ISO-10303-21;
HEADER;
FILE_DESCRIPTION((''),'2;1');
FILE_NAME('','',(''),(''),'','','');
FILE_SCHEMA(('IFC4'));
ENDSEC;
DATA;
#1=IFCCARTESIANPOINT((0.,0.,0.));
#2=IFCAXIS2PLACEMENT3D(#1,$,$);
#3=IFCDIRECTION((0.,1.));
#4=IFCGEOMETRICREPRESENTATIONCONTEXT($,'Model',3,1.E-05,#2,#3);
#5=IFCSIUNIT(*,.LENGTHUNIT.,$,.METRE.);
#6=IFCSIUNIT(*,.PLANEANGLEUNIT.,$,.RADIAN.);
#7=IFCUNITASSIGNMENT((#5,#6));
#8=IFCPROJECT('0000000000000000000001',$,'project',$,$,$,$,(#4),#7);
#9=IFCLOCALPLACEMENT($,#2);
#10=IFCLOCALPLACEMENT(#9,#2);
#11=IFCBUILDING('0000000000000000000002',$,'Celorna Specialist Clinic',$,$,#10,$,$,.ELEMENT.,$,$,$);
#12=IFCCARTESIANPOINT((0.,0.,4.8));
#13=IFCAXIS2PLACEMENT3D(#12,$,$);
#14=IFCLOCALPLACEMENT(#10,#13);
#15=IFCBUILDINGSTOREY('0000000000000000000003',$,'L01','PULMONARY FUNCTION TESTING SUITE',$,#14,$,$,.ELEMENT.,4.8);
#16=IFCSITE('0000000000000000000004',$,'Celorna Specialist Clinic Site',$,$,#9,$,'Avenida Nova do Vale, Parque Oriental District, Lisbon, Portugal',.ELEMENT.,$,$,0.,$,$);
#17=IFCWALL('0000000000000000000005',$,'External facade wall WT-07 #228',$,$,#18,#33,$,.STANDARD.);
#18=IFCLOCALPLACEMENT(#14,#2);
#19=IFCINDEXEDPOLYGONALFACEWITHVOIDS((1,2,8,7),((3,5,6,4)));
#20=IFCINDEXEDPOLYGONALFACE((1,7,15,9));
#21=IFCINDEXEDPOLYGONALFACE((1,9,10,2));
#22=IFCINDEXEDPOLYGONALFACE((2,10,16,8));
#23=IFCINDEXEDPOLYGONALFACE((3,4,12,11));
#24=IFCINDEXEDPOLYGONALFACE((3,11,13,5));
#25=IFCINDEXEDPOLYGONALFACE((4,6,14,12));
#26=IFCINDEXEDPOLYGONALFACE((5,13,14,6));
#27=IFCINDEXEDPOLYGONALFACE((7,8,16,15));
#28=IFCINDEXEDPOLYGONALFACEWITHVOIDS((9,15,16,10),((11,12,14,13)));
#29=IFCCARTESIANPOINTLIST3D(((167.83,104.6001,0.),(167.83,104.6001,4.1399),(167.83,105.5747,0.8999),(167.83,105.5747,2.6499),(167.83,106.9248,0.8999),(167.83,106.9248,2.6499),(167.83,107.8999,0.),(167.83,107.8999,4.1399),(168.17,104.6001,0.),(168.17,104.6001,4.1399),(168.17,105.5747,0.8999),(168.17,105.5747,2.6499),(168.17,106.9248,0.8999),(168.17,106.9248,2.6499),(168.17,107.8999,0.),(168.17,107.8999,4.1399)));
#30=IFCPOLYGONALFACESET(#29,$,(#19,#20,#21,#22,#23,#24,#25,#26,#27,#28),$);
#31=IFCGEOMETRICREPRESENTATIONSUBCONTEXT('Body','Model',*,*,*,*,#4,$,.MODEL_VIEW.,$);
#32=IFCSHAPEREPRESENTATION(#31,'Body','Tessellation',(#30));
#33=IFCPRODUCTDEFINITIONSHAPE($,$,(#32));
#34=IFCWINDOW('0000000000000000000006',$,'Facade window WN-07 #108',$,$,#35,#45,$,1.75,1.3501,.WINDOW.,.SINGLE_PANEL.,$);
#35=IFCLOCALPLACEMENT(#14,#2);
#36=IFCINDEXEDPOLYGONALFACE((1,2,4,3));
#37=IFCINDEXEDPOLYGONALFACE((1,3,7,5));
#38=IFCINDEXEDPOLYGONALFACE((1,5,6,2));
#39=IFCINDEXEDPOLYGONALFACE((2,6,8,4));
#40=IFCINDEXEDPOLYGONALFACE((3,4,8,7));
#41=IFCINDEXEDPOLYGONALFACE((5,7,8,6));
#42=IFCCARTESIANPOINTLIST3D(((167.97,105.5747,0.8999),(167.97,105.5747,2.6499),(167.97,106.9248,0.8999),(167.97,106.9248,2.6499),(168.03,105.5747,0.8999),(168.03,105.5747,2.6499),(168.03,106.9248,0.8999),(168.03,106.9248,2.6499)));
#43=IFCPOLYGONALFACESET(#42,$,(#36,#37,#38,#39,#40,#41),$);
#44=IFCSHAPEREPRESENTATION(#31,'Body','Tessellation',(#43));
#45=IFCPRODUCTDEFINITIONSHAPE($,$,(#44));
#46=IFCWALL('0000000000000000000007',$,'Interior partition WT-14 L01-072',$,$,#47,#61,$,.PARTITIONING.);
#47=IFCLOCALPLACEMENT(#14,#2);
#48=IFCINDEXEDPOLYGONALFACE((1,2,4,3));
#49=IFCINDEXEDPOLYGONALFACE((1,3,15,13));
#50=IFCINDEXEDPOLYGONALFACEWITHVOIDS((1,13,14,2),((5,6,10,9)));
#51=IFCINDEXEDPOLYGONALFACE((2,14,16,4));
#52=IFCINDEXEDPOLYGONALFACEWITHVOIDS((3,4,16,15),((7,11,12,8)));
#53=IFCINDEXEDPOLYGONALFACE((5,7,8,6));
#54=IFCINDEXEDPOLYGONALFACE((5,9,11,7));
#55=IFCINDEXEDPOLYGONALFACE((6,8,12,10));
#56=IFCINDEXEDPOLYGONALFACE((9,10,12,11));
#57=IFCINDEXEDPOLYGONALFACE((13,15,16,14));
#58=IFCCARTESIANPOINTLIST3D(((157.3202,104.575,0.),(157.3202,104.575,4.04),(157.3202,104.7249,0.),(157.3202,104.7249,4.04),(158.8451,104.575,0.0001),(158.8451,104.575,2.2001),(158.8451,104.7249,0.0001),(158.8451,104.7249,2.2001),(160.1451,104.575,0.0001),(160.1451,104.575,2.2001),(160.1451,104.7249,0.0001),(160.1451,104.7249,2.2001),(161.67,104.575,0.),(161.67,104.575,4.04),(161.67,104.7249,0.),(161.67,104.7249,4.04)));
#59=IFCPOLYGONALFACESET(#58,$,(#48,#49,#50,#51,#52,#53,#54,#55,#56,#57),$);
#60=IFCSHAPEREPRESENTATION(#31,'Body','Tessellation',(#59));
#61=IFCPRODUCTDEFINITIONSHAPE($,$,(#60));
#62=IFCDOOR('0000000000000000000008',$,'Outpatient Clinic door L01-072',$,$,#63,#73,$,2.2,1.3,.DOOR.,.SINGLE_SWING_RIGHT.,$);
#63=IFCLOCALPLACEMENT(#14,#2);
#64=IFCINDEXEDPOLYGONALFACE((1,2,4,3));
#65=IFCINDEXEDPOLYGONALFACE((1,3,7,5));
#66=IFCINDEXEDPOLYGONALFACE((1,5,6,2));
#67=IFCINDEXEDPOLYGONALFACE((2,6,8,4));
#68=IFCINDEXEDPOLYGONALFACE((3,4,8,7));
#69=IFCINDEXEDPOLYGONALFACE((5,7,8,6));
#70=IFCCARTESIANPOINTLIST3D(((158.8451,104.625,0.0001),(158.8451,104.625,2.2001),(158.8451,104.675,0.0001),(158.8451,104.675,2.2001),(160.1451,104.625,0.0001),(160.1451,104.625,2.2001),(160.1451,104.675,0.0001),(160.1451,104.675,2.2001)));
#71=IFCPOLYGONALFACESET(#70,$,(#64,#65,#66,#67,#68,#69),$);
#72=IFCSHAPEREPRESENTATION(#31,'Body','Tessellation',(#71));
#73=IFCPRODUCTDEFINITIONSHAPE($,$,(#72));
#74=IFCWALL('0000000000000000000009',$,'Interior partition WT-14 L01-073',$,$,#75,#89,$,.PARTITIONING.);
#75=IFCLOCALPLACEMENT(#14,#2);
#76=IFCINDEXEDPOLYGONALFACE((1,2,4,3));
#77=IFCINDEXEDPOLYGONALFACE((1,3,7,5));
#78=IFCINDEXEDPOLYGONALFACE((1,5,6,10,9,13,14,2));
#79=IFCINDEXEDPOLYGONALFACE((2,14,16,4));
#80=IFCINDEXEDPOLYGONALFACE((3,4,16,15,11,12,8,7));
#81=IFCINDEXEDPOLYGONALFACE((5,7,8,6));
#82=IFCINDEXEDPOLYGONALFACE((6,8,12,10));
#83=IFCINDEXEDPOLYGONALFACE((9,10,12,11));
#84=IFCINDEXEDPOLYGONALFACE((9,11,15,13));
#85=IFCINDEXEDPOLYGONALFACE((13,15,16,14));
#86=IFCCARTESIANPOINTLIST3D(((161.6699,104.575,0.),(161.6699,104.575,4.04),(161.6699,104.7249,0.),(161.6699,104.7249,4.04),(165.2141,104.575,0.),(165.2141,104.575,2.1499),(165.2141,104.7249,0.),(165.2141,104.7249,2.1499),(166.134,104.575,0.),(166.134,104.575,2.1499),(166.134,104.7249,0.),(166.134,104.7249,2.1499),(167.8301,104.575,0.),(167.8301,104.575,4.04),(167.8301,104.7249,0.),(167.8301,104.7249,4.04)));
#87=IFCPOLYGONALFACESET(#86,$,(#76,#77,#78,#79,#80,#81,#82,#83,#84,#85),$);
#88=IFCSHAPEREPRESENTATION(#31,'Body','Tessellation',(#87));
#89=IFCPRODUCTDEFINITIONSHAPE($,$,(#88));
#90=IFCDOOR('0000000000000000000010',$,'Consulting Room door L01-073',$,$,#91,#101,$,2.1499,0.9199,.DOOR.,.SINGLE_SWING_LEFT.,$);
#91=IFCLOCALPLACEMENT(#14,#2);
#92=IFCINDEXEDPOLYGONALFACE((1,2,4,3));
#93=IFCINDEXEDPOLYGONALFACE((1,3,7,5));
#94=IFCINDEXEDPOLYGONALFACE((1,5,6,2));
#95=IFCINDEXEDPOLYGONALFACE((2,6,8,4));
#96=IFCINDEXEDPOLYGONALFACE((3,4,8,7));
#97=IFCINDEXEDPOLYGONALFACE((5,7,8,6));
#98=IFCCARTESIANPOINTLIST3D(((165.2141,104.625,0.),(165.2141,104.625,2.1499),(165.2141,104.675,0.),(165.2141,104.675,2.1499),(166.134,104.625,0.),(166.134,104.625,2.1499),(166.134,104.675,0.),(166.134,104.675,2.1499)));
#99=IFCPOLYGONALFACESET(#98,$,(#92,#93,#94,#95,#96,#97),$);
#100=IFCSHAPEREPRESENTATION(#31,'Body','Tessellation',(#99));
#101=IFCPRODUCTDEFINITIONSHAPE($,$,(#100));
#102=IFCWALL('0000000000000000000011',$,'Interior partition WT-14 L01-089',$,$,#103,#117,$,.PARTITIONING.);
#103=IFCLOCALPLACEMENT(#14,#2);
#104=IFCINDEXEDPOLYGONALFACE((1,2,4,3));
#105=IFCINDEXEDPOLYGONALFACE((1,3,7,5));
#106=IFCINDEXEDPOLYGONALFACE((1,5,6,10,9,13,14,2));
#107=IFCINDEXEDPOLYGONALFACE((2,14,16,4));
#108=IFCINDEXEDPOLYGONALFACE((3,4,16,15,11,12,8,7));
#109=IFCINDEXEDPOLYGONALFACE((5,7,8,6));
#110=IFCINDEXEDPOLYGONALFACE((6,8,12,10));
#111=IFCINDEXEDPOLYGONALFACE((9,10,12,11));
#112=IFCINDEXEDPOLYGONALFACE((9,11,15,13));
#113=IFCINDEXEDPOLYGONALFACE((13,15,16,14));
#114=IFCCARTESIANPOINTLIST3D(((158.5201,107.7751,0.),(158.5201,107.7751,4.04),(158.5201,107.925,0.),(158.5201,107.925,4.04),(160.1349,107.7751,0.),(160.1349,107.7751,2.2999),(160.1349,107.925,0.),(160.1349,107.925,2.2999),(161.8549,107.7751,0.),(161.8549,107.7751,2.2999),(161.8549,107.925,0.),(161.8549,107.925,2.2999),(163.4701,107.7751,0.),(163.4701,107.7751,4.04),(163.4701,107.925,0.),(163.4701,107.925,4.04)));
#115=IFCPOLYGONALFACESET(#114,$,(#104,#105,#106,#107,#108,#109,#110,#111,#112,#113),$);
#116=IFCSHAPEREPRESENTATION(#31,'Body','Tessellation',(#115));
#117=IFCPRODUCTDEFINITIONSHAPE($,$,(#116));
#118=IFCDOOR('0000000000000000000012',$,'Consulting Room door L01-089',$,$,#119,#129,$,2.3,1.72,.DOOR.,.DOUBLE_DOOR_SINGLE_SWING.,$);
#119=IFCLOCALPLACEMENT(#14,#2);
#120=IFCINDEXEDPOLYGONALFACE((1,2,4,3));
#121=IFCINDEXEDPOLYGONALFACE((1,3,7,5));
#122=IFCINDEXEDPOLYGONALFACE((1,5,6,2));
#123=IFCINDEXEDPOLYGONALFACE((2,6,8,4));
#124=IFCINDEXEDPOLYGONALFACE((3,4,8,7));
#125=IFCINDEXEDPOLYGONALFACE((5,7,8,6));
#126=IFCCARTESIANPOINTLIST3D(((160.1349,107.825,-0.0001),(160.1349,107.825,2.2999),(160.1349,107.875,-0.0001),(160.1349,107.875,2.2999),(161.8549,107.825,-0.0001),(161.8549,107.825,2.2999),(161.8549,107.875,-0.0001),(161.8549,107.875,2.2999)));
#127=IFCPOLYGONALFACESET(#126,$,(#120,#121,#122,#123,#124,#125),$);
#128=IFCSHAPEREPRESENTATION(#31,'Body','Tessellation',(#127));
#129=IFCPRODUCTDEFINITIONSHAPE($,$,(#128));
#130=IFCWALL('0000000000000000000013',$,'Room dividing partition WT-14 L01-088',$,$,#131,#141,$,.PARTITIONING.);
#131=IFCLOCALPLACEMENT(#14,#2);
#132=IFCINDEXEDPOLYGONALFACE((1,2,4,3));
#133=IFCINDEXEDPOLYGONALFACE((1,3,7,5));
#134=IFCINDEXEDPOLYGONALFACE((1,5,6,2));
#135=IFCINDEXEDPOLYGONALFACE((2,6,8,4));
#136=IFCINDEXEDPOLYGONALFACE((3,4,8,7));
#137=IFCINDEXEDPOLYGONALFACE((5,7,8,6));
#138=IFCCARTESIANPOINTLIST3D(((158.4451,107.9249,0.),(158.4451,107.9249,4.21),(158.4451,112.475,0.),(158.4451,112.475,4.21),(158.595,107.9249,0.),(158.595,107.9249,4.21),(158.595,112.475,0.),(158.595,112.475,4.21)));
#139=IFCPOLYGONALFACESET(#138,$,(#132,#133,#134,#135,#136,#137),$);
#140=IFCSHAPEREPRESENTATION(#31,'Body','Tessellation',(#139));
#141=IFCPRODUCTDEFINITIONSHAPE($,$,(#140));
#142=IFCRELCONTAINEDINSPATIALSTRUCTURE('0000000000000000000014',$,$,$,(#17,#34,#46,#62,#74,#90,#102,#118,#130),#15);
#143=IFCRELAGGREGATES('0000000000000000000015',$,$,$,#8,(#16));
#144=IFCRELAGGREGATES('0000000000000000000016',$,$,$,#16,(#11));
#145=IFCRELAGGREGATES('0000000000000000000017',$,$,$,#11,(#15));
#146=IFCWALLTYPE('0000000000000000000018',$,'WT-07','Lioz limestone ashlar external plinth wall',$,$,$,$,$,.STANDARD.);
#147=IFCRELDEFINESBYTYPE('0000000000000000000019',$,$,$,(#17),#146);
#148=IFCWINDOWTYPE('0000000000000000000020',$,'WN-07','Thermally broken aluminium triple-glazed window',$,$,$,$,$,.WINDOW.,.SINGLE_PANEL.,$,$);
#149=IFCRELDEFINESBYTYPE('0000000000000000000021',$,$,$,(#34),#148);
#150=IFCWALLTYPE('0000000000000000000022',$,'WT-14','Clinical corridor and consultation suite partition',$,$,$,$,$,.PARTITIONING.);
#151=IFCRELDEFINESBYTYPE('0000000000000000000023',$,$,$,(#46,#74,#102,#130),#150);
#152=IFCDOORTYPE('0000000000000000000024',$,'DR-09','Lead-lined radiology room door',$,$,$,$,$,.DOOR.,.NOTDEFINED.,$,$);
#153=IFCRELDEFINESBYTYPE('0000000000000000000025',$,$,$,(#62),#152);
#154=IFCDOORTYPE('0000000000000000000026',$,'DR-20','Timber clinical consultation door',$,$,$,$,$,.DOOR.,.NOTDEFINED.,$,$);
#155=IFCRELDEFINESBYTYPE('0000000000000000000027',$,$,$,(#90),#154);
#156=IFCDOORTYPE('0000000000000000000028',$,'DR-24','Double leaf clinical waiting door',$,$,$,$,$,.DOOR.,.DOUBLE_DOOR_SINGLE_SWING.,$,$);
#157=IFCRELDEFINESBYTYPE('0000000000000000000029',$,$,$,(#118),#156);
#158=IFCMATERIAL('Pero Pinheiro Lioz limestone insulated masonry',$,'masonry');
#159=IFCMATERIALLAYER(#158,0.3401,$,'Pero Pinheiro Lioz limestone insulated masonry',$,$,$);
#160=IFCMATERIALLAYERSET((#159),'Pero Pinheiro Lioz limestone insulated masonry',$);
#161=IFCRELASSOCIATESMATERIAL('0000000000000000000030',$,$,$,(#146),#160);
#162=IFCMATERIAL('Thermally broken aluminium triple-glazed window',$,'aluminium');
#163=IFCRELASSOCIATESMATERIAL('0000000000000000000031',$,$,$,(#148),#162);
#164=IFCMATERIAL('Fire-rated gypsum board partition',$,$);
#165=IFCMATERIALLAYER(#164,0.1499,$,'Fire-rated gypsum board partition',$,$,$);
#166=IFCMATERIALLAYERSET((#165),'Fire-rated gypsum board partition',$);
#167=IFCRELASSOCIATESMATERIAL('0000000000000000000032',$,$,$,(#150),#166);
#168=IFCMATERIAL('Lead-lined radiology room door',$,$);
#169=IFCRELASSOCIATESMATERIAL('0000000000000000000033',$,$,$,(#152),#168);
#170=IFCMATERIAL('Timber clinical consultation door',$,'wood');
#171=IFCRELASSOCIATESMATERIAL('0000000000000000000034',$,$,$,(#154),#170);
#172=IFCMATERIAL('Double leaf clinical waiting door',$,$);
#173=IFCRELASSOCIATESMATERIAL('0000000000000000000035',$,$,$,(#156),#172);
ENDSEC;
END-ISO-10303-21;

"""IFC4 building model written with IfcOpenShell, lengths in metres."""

from ifc_helpers import new_model, si_unit, direction, frame, frame_2d, origin, place, context, subcontext, project, spatial, rectangle, extrude, material, layer, layer_set, type_object, element, fill, save


model = new_model("IFC4")

# Units and contexts
model_context = context("Model", 3, precision=1e-05, world=origin(), true_north=direction((0.0, 1.0)))
body_context = subcontext(model_context, "Body", "Model", "MODEL_VIEW")
ifc_project = project(units=[si_unit("LENGTHUNIT", "METRE"), si_unit("PLANEANGLEUNIT", "RADIAN")], contexts=[model_context])

# Site, building, storey
site_placement = place(None, origin())
site = spatial("IfcSite", under=ifc_project, at=site_placement, Name="Celorna Specialist Clinic Site", LongName="Avenida Nova do Vale, Parque Oriental District, Lisbon, Portugal", CompositionType="ELEMENT", RefElevation=0.0)
building_placement = place(site_placement, origin())
building = spatial("IfcBuilding", under=site, at=building_placement, Name="Celorna Specialist Clinic", CompositionType="ELEMENT")
storey_placement = place(building_placement, frame((0.0, 0.0, 4.8)))
storey = spatial("IfcBuildingStorey", under=building, at=storey_placement, Name="L01", Description="PULMONARY FUNCTION TESTING SUITE", CompositionType="ELEMENT", Elevation=4.8)

# Wall, opening, window
ifc_material_1 = material(Name="Pero Pinheiro Lioz limestone insulated masonry", Category="masonry")
ifc_layer_1 = layer(ifc_material_1, 0.3401, Name="Pero Pinheiro Lioz limestone insulated masonry")
ifc_layer_set_1 = layer_set([ifc_layer_1], Name="Pero Pinheiro Lioz limestone insulated masonry")
wall_type_1 = type_object("IfcWallType", Name="WT-07", Description="Lioz limestone ashlar external plinth wall", PredefinedType="STANDARD", material=ifc_layer_set_1)
ifc_material_2 = material(Name="Thermally broken aluminium triple-glazed window", Category="aluminium")
wall_1_placement = place(storey_placement, frame((168.0, 107.8999, 0.0), z_axis=(0.0, 0.0, 1.0), x_axis=(0.0, -1.0, 0.0)))
wall_1 = element("IfcWall", 1, at=wall_1_placement, inside=storey, type_object=wall_type_1, Name="External facade wall WT-07 #228", PredefinedType="STANDARD", context=body_context, shape_type="SweptSolid", body=[
    extrude(rectangle(XDim=3.2998, YDim=0.3401, at=frame_2d((1.6499, 0.0))), origin(), (0.0, 0.0, 1.0), 4.1399),
])
opening_1_placement = place(wall_1_placement, frame((0.9751, 0.0, 0.8999)))
opening_1 = element("IfcOpeningElement", 2, at=opening_1_placement, cuts=wall_1, PredefinedType="OPENING", context=body_context, shape_type="SweptSolid", body=[
    extrude(rectangle(XDim=1.3501, YDim=1.75, at=frame_2d((0.675, 0.875))), frame((0.0, 0.1799, 0.0), z_axis=(0.0, -1.0, 0.0), x_axis=(1.0, 0.0, 0.0)), (0.0, 0.0, 1.0), 0.3601),
])
window_type_1 = type_object("IfcWindowType", Name="WN-07", Description="Thermally broken aluminium triple-glazed window", PartitioningType="SINGLE_PANEL", PredefinedType="WINDOW", material=ifc_material_2)
window_1_placement = place(opening_1_placement, origin())
window_1 = element("IfcWindow", 3, at=window_1_placement, inside=storey, type_object=window_type_1, Name="Facade window WN-07 #108", OverallHeight=1.75, OverallWidth=1.3501, PartitioningType="SINGLE_PANEL", PredefinedType="WINDOW", context=body_context, shape_type="SweptSolid", body=[
    extrude(rectangle(XDim=1.3501, YDim=1.75, at=frame_2d((0.675, 0.875))), frame((0.0, 0.03, 0.0), z_axis=(0.0, -1.0, 0.0), x_axis=(1.0, 0.0, 0.0)), (0.0, 0.0, 1.0), 0.0601),
])
fill(opening_1, window_1)

# Walls, openings, doors
ifc_material_3 = material(Name="Fire-rated gypsum board partition")
ifc_layer_2 = layer(ifc_material_3, 0.1499, Name="Fire-rated gypsum board partition")
ifc_layer_set_2 = layer_set([ifc_layer_2], Name="Fire-rated gypsum board partition")
wall_type_2 = type_object("IfcWallType", Name="WT-14", Description="Clinical corridor and consultation suite partition", PredefinedType="PARTITIONING", material=ifc_layer_set_2)
wall_2_placement = place(storey_placement, frame((161.6699, 104.6499, 0.0), z_axis=(0.0, 0.0, 1.0), x_axis=(-1.0, 0.0, 0.0)))
wall_2 = element("IfcWall", 4, at=wall_2_placement, inside=storey, type_object=wall_type_2, Name="Interior partition WT-14 L01-072", PredefinedType="PARTITIONING", context=body_context, shape_type="SweptSolid", body=[
    extrude(rectangle(XDim=4.3499, YDim=0.1499, at=frame_2d((2.1748, 0.0))), origin(), (0.0, 0.0, 1.0), 4.04),
])
opening_2_placement = place(wall_2_placement, frame((1.5249, 0.0, 0.0)))
opening_2 = element("IfcOpeningElement", 5, at=opening_2_placement, cuts=wall_2, PredefinedType="OPENING", context=body_context, shape_type="SweptSolid", body=[
    extrude(rectangle(XDim=1.3, YDim=2.2, at=frame_2d((0.6499, 1.1001))), frame((0.0, 0.085, 0.0), z_axis=(0.0, -1.0, 0.0), x_axis=(1.0, 0.0, 0.0)), (0.0, 0.0, 1.0), 0.1699),
])
ifc_material_4 = material(Name="Lead-lined radiology room door")
door_type_1 = type_object("IfcDoorType", Name="DR-09", Description="Lead-lined radiology room door", OperationType="NOTDEFINED", PredefinedType="DOOR", material=ifc_material_4)
door_1_placement = place(opening_2_placement, origin())
door_1 = element("IfcDoor", 6, at=door_1_placement, inside=storey, type_object=door_type_1, Name="Outpatient Clinic door L01-072", OperationType="SINGLE_SWING_RIGHT", OverallHeight=2.2, OverallWidth=1.3, PredefinedType="DOOR", context=body_context, shape_type="SweptSolid", body=[
    extrude(rectangle(XDim=1.3, YDim=2.2, at=frame_2d((0.6499, 1.1001))), frame((0.0, 0.0249, 0.0), z_axis=(0.0, -1.0, 0.0), x_axis=(1.0, 0.0, 0.0)), (0.0, 0.0, 1.0), 0.05),
])
fill(opening_2, door_1)
wall_3_placement = place(storey_placement, frame((167.8301, 104.6499, 0.0), z_axis=(0.0, 0.0, 1.0), x_axis=(-1.0, 0.0, 0.0)))
wall_3 = element("IfcWall", 7, at=wall_3_placement, inside=storey, type_object=wall_type_2, Name="Interior partition WT-14 L01-073", PredefinedType="PARTITIONING", context=body_context, shape_type="SweptSolid", body=[
    extrude(rectangle(XDim=6.1602, YDim=0.1499, at=frame_2d((3.0801, 0.0))), origin(), (0.0, 0.0, 1.0), 4.04),
])
opening_3_placement = place(wall_3_placement, frame((1.696, 0.0, 0.0)))
opening_3 = element("IfcOpeningElement", 8, at=opening_3_placement, cuts=wall_3, PredefinedType="OPENING", context=body_context, shape_type="SweptSolid", body=[
    extrude(rectangle(XDim=0.9199, YDim=2.1499, at=frame_2d((0.46, 1.075))), frame((0.0, 0.085, 0.0), z_axis=(0.0, -1.0, 0.0), x_axis=(1.0, 0.0, 0.0)), (0.0, 0.0, 1.0), 0.1699),
])
ifc_material_5 = material(Name="Timber clinical consultation door", Category="wood")
door_type_2 = type_object("IfcDoorType", Name="DR-20", Description="Timber clinical consultation door", OperationType="NOTDEFINED", PredefinedType="DOOR", material=ifc_material_5)
door_2_placement = place(opening_3_placement, origin())
door_2 = element("IfcDoor", 9, at=door_2_placement, inside=storey, type_object=door_type_2, Name="Consulting Room door L01-073", OperationType="SINGLE_SWING_LEFT", OverallHeight=2.1499, OverallWidth=0.9199, PredefinedType="DOOR", context=body_context, shape_type="SweptSolid", body=[
    extrude(rectangle(XDim=0.9199, YDim=2.1499, at=frame_2d((0.46, 1.075))), frame((0.0, 0.0249, 0.0), z_axis=(0.0, -1.0, 0.0), x_axis=(1.0, 0.0, 0.0)), (0.0, 0.0, 1.0), 0.05),
])
fill(opening_3, door_2)
wall_4_placement = place(storey_placement, frame((158.52, 107.8501, 0.0), z_axis=(0.0, 0.0, 1.0), x_axis=(1.0, 0.0, 0.0)))
wall_4 = element("IfcWall", 10, at=wall_4_placement, inside=storey, type_object=wall_type_2, Name="Interior partition WT-14 L01-089", PredefinedType="PARTITIONING", context=body_context, shape_type="SweptSolid", body=[
    extrude(rectangle(XDim=4.95, YDim=0.1499, at=frame_2d((2.4751, 0.0))), origin(), (0.0, 0.0, 1.0), 4.04),
])
opening_4_placement = place(wall_4_placement, frame((1.615, 0.0, 0.0)))
opening_4 = element("IfcOpeningElement", 11, at=opening_4_placement, cuts=wall_4, PredefinedType="OPENING", context=body_context, shape_type="SweptSolid", body=[
    extrude(rectangle(XDim=1.72, YDim=2.3, at=frame_2d((0.8599, 1.1499))), frame((0.0, 0.085, 0.0), z_axis=(0.0, -1.0, 0.0), x_axis=(1.0, 0.0, 0.0)), (0.0, 0.0, 1.0), 0.1699),
])
ifc_material_6 = material(Name="Double leaf clinical waiting door")
door_type_3 = type_object("IfcDoorType", Name="DR-24", Description="Double leaf clinical waiting door", OperationType="DOUBLE_DOOR_SINGLE_SWING", PredefinedType="DOOR", material=ifc_material_6)
door_3_placement = place(opening_4_placement, origin())
door_3 = element("IfcDoor", 12, at=door_3_placement, inside=storey, type_object=door_type_3, Name="Consulting Room door L01-089", OperationType="DOUBLE_DOOR_SINGLE_SWING", OverallHeight=2.3, OverallWidth=1.72, PredefinedType="DOOR", context=body_context, shape_type="SweptSolid", body=[
    extrude(rectangle(XDim=1.72, YDim=2.3, at=frame_2d((0.8599, 1.1499))), frame((0.0, 0.0249, 0.0), z_axis=(0.0, -1.0, 0.0), x_axis=(1.0, 0.0, 0.0)), (0.0, 0.0, 1.0), 0.05),
])
fill(opening_4, door_3)

# Wall
wall_5_placement = place(storey_placement, frame((158.52, 107.925, 0.0), z_axis=(0.0, 0.0, 1.0), x_axis=(0.0, 1.0, 0.0)))
element("IfcWall", 13, at=wall_5_placement, inside=storey, type_object=wall_type_2, Name="Room dividing partition WT-14 L01-088", PredefinedType="PARTITIONING", context=body_context, shape_type="SweptSolid", body=[
    extrude(rectangle(XDim=4.55, YDim=0.1499, at=frame_2d((2.2749, 0.0))), origin(), (0.0, 0.0, 1.0), 4.21),
])

save(model, "model.ifc")
